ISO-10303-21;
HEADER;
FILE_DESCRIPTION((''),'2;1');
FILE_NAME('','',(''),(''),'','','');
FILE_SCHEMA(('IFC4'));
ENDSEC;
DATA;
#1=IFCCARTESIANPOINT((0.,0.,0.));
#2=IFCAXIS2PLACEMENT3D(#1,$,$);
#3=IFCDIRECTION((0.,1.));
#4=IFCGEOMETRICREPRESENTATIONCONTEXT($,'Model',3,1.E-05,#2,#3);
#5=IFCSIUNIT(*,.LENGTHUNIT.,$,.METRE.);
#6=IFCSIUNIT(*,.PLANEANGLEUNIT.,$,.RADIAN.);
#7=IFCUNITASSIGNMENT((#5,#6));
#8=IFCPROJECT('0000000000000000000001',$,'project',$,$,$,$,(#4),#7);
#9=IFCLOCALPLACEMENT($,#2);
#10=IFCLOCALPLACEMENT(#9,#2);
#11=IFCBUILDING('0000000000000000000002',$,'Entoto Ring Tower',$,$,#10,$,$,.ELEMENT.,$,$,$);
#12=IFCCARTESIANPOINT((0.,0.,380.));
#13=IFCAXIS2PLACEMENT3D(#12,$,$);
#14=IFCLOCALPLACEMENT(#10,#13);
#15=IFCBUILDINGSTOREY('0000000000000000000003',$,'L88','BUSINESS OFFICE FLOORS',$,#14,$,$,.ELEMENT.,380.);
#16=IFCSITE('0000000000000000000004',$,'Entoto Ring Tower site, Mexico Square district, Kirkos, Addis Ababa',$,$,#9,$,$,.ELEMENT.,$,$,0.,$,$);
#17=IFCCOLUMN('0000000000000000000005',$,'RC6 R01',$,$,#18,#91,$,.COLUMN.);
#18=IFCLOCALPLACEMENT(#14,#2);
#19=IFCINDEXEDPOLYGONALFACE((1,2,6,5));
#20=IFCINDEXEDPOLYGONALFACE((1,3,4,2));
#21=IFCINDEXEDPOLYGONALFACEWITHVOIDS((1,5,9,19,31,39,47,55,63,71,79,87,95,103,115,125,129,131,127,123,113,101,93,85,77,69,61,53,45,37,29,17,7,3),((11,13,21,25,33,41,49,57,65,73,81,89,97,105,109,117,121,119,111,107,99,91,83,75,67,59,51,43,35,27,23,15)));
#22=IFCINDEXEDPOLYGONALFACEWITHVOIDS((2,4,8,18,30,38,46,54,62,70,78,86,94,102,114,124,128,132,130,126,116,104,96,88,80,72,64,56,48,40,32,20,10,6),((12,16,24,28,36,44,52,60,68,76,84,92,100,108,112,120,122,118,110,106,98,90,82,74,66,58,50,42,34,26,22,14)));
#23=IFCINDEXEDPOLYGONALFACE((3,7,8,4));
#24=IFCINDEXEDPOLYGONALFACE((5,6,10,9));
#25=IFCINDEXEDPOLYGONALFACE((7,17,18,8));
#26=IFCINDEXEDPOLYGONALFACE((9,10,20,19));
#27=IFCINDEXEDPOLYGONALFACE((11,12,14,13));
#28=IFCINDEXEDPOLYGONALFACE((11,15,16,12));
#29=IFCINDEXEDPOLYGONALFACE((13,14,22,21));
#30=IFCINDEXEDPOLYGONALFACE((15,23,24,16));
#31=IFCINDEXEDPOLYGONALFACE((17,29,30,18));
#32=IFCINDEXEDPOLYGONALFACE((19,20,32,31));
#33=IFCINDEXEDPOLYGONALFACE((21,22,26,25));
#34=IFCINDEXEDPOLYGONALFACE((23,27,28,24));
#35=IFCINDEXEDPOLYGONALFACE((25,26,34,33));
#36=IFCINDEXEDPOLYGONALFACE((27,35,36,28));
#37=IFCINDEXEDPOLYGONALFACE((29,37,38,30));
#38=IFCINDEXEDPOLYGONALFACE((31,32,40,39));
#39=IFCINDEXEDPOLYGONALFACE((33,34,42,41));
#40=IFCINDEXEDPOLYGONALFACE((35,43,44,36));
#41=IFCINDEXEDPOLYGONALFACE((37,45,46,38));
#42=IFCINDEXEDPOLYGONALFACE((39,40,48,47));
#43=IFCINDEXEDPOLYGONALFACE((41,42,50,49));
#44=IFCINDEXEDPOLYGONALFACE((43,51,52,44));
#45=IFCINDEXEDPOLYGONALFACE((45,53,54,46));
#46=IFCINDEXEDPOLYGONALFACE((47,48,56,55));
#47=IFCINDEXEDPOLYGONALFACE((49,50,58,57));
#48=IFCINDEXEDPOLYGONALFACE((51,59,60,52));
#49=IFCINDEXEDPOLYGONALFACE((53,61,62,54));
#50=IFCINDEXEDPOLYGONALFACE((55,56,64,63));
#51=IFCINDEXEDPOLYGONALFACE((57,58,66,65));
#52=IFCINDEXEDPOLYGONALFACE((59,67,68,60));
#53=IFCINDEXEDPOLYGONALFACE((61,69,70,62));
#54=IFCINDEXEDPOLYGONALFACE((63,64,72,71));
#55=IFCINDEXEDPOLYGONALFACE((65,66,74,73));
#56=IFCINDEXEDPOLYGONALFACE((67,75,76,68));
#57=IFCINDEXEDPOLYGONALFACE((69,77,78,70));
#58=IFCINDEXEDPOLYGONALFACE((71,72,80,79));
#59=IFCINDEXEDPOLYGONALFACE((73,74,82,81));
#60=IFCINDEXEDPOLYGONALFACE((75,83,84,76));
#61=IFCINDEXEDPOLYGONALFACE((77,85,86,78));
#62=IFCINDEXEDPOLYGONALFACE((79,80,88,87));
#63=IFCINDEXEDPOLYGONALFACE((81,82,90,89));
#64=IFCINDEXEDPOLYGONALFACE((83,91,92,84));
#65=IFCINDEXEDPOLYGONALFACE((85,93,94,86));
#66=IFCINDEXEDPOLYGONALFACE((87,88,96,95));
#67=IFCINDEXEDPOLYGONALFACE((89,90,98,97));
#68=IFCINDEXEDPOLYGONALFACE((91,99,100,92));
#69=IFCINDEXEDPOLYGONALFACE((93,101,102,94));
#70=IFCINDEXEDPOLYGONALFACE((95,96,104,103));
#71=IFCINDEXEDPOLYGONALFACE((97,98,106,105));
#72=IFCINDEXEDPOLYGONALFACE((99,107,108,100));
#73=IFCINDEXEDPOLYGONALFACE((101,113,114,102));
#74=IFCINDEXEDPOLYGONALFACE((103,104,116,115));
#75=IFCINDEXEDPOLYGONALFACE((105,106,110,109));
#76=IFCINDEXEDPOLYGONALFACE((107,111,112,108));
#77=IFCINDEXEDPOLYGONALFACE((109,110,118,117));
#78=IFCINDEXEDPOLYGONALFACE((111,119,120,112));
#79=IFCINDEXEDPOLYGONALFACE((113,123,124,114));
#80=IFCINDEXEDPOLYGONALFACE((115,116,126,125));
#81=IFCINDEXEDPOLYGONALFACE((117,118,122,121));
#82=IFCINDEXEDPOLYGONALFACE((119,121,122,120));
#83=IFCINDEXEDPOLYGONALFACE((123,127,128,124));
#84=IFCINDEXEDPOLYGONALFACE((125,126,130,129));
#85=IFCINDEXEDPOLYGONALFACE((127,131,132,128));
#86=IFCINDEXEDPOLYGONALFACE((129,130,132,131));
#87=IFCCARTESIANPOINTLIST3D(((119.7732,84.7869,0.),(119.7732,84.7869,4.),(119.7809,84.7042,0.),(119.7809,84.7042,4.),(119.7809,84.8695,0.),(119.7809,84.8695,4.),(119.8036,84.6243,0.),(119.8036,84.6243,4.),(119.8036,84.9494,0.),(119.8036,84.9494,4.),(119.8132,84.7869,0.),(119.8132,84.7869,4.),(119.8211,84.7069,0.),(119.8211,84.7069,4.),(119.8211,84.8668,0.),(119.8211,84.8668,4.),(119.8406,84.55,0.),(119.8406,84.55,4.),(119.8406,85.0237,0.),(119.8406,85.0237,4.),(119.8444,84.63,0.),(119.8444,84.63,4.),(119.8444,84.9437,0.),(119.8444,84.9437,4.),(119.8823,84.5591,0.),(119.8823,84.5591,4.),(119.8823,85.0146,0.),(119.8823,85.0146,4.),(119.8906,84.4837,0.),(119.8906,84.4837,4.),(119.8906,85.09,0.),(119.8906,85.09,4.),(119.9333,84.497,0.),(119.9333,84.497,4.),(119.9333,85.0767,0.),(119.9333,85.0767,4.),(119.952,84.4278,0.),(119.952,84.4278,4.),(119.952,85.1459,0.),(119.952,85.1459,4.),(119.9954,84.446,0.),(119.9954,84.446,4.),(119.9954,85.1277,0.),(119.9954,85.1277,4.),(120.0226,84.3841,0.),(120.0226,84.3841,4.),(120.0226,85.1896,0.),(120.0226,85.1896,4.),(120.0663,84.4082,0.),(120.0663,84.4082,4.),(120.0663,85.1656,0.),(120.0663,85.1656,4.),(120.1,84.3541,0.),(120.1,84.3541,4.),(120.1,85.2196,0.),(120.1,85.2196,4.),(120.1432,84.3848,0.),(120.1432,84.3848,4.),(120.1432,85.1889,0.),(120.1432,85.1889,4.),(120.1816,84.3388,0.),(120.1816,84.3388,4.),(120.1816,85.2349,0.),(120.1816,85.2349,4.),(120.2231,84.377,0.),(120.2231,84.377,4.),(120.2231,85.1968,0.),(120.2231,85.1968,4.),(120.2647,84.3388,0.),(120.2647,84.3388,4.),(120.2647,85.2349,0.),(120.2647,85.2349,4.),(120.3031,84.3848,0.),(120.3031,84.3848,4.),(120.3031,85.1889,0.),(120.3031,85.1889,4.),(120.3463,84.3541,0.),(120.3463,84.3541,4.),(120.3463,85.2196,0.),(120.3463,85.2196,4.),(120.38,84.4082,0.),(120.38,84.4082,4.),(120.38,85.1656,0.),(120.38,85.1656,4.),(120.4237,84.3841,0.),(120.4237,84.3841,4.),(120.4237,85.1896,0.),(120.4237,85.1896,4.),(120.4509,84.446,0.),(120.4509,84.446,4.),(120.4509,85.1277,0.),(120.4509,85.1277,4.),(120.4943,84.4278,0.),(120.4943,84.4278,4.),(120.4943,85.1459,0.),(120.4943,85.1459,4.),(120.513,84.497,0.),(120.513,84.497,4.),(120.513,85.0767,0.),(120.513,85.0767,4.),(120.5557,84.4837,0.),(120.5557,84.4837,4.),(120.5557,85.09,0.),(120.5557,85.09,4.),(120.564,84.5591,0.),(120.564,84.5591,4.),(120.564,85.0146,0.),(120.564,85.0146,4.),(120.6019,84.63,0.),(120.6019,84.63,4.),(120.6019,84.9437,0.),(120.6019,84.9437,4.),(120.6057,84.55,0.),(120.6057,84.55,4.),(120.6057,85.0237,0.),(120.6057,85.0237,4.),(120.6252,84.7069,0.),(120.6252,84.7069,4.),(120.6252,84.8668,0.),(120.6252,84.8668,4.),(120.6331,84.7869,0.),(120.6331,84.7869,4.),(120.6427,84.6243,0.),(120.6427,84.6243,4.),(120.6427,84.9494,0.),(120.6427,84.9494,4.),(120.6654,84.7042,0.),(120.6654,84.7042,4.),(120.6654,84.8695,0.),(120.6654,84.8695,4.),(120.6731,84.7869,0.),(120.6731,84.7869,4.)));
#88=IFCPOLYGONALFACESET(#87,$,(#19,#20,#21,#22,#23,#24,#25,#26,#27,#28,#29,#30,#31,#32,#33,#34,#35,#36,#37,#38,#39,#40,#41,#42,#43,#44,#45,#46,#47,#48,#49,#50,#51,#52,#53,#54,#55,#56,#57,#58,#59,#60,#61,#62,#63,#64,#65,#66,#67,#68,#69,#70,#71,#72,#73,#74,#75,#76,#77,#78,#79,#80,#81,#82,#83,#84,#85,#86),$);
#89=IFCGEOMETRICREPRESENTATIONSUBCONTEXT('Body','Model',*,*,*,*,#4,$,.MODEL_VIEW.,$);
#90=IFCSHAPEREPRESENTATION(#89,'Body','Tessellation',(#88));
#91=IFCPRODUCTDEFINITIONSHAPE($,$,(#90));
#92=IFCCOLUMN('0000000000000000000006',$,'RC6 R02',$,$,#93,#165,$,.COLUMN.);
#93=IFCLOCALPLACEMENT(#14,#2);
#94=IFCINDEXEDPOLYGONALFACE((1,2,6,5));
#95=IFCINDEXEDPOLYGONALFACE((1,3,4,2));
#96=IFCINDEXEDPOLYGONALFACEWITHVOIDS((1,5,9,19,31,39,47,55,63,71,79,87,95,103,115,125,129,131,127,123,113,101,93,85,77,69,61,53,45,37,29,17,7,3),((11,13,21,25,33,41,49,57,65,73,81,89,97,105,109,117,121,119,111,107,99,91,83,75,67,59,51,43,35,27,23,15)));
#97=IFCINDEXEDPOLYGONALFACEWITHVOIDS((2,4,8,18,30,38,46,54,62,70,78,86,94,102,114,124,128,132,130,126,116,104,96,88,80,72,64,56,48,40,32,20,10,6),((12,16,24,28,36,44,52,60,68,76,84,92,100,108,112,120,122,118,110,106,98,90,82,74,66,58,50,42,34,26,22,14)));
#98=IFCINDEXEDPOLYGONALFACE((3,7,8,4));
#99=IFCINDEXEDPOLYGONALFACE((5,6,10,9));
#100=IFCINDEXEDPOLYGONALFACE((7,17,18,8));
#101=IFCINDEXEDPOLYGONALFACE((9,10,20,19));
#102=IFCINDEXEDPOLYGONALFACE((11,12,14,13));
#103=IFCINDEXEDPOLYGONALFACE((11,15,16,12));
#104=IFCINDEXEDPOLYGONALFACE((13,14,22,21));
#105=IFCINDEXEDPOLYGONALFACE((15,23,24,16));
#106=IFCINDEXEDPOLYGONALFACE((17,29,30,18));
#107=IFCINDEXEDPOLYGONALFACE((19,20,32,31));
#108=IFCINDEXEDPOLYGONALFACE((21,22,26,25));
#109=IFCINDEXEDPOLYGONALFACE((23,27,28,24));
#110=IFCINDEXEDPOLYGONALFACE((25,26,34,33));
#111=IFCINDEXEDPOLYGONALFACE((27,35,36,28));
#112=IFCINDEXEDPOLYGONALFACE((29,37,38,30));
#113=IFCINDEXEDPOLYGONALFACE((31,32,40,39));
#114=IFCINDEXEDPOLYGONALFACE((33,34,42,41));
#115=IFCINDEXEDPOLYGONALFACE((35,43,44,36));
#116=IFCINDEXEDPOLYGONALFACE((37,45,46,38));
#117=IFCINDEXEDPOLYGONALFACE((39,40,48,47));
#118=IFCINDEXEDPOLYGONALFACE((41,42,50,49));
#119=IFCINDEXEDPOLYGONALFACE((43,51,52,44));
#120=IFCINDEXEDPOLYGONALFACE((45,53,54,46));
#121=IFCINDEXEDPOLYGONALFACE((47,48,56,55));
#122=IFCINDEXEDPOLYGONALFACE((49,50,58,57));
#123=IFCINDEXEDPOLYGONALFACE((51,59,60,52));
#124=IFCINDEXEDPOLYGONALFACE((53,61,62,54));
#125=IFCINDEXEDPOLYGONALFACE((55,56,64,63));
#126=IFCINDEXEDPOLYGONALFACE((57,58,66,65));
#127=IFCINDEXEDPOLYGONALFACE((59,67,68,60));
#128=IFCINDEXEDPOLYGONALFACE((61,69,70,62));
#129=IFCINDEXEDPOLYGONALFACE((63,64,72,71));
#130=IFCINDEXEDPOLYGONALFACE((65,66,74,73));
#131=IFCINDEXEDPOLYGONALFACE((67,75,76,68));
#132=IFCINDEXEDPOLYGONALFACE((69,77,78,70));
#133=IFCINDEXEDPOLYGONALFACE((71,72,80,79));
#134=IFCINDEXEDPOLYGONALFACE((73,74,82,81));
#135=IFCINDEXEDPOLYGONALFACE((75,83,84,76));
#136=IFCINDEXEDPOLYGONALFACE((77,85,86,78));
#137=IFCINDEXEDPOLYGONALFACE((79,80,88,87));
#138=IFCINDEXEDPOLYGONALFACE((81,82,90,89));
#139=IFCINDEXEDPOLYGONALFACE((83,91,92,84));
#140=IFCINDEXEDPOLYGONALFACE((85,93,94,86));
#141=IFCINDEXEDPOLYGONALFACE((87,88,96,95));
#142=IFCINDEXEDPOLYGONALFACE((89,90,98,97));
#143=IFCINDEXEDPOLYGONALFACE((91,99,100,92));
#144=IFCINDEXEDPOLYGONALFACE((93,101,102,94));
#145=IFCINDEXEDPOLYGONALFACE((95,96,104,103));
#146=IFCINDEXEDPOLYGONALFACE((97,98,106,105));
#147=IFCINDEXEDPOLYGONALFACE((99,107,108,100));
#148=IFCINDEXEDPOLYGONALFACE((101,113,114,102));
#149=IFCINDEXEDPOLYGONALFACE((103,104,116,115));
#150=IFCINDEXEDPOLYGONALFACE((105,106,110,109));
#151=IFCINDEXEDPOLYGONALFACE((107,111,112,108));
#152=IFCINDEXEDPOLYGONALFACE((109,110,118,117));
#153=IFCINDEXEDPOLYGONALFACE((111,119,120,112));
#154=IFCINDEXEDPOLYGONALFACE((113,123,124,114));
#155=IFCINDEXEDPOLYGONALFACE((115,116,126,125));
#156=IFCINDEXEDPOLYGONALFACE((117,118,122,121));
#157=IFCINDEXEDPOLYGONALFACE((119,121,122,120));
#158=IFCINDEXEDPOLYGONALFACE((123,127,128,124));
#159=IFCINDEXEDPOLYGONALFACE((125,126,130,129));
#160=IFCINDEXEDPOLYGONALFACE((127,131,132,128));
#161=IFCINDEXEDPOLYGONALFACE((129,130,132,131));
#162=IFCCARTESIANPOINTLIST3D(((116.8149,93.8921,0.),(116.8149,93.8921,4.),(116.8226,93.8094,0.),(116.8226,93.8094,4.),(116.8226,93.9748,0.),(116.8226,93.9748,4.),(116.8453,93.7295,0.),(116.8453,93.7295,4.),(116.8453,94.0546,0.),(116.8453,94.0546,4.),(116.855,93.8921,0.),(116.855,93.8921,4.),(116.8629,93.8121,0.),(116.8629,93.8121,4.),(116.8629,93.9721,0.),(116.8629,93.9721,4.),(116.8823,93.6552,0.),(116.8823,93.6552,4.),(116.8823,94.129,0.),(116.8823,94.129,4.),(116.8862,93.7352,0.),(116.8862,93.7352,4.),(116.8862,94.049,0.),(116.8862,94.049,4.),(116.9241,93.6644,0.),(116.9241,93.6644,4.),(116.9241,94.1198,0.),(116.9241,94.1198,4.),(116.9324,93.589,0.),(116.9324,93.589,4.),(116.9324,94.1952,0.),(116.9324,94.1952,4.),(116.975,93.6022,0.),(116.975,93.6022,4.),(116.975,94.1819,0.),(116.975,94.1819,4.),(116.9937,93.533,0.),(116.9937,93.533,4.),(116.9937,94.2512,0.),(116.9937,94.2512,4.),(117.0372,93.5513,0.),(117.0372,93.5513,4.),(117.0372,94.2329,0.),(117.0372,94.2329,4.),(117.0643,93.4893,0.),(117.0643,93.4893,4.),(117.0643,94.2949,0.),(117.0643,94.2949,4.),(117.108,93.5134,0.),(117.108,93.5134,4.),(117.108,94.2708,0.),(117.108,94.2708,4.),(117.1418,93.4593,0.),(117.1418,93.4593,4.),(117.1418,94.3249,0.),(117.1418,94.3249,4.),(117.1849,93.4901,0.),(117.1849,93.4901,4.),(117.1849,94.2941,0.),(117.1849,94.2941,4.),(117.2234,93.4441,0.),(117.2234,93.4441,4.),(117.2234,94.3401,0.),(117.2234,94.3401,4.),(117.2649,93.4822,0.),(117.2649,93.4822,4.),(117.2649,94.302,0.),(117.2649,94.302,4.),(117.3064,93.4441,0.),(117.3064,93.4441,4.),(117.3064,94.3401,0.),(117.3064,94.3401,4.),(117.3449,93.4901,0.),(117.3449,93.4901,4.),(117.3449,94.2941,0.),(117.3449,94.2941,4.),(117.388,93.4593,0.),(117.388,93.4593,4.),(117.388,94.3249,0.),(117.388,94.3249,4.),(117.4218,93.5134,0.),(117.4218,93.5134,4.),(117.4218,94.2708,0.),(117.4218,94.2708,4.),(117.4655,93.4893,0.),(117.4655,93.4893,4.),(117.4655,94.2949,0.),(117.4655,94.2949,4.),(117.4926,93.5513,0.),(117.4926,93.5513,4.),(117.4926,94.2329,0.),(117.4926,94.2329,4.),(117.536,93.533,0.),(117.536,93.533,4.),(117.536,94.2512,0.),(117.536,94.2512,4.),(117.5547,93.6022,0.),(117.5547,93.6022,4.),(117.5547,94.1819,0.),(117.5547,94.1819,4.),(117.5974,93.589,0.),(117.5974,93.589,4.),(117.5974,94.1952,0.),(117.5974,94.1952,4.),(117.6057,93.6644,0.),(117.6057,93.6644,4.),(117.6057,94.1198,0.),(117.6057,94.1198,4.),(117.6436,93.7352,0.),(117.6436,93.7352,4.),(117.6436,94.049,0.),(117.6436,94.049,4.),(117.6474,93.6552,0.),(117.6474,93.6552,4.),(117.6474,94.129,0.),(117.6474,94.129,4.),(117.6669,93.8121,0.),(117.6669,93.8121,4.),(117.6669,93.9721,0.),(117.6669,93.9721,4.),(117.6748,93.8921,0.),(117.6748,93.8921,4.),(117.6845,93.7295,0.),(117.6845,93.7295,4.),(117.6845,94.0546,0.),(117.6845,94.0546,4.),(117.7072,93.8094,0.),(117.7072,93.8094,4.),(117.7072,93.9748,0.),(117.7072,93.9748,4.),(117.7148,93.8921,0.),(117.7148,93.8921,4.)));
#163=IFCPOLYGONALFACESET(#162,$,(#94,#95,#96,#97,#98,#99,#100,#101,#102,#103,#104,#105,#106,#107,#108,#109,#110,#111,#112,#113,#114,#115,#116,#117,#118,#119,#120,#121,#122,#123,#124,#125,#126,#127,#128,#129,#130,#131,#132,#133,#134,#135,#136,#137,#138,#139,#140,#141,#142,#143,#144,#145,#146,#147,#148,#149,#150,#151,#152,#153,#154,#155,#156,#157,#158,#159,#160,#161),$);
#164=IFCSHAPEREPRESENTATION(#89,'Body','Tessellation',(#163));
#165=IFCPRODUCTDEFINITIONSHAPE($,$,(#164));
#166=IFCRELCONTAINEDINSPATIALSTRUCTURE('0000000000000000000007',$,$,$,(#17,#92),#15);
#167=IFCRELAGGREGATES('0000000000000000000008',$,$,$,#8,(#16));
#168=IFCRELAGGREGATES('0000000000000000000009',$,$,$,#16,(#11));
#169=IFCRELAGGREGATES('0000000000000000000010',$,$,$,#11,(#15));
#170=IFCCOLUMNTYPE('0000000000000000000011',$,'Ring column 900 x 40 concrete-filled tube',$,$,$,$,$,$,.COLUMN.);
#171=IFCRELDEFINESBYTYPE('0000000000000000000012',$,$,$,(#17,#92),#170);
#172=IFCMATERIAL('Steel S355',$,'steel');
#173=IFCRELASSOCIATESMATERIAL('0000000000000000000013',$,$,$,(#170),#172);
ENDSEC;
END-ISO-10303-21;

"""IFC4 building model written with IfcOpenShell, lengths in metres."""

from ifc_helpers import new_model, si_unit, direction, frame, origin, origin_2d, place, context, subcontext, project, spatial, circle, hollow_circle, extrude, material, material_profile, profile_set, type_object, element, save


model = new_model("IFC4")

# Units and contexts
model_context = context("Model", 3, precision=1e-05, world=origin(), true_north=direction((0.0, 1.0)))
body_context = subcontext(model_context, "Body", "Model", "MODEL_VIEW")
ifc_project = project(units=[si_unit("LENGTHUNIT", "METRE"), si_unit("PLANEANGLEUNIT", "RADIAN")], contexts=[model_context])

# Site, building, storey
site_placement = place(None, origin())
site = spatial("IfcSite", under=ifc_project, at=site_placement, Name="Entoto Ring Tower site, Mexico Square district, Kirkos, Addis Ababa", CompositionType="ELEMENT", RefElevation=0.0)
building_placement = place(site_placement, origin())
building = spatial("IfcBuilding", under=site, at=building_placement, Name="Entoto Ring Tower", CompositionType="ELEMENT")
storey_placement = place(building_placement, frame((0.0, 0.0, 380.0)))
storey = spatial("IfcBuildingStorey", under=building, at=storey_placement, Name="L88", Description="BUSINESS OFFICE FLOORS", CompositionType="ELEMENT", Elevation=380.0)

# Columns
ifc_material_1 = material(Name="Steel S355", Category="steel")
ifc_material_profile_1 = material_profile(ifc_material_1, hollow_circle(Radius=0.45, WallThickness=0.04, at=origin_2d()), Name="CHS 900 x 40")
ifc_material_2 = material(Name="Concrete C60/75", Category="concrete")
ifc_material_profile_2 = material_profile(ifc_material_2, circle(Radius=0.4099, at=origin_2d()), Name="Concrete C60/75 infill")
ifc_profile_set_1 = profile_set([ifc_material_profile_1, ifc_material_profile_2], Name="Steel S355")
column_type = type_object("IfcColumnType", Name="Ring column 900 x 40 concrete-filled tube", PredefinedType="COLUMN", material=ifc_profile_set_1)
for number, where, z_axis, x_axis, name in (
    (1, (120.2231, 84.7869, 0.0), (0.0, 0.0, 1.0), (1.0, 0.0, 0.0), "RC6 R01"),
    (2, (117.2649, 93.8921, 0.0), (0.0, 0.0, 1.0), (1.0, 0.0, 0.0), "RC6 R02"),
):
    element("IfcColumn", number, at=place(storey_placement, frame(where, z_axis=z_axis, x_axis=x_axis)), inside=storey, type_object=column_type, Name=name, PredefinedType="COLUMN", context=body_context, shape_type="SweptSolid", body=[
        extrude(hollow_circle(Radius=0.45, WallThickness=0.04, at=origin_2d()), origin(), (0.0, 0.0, 1.0), 4.0),
    ])

save(model, "model.ifc")
